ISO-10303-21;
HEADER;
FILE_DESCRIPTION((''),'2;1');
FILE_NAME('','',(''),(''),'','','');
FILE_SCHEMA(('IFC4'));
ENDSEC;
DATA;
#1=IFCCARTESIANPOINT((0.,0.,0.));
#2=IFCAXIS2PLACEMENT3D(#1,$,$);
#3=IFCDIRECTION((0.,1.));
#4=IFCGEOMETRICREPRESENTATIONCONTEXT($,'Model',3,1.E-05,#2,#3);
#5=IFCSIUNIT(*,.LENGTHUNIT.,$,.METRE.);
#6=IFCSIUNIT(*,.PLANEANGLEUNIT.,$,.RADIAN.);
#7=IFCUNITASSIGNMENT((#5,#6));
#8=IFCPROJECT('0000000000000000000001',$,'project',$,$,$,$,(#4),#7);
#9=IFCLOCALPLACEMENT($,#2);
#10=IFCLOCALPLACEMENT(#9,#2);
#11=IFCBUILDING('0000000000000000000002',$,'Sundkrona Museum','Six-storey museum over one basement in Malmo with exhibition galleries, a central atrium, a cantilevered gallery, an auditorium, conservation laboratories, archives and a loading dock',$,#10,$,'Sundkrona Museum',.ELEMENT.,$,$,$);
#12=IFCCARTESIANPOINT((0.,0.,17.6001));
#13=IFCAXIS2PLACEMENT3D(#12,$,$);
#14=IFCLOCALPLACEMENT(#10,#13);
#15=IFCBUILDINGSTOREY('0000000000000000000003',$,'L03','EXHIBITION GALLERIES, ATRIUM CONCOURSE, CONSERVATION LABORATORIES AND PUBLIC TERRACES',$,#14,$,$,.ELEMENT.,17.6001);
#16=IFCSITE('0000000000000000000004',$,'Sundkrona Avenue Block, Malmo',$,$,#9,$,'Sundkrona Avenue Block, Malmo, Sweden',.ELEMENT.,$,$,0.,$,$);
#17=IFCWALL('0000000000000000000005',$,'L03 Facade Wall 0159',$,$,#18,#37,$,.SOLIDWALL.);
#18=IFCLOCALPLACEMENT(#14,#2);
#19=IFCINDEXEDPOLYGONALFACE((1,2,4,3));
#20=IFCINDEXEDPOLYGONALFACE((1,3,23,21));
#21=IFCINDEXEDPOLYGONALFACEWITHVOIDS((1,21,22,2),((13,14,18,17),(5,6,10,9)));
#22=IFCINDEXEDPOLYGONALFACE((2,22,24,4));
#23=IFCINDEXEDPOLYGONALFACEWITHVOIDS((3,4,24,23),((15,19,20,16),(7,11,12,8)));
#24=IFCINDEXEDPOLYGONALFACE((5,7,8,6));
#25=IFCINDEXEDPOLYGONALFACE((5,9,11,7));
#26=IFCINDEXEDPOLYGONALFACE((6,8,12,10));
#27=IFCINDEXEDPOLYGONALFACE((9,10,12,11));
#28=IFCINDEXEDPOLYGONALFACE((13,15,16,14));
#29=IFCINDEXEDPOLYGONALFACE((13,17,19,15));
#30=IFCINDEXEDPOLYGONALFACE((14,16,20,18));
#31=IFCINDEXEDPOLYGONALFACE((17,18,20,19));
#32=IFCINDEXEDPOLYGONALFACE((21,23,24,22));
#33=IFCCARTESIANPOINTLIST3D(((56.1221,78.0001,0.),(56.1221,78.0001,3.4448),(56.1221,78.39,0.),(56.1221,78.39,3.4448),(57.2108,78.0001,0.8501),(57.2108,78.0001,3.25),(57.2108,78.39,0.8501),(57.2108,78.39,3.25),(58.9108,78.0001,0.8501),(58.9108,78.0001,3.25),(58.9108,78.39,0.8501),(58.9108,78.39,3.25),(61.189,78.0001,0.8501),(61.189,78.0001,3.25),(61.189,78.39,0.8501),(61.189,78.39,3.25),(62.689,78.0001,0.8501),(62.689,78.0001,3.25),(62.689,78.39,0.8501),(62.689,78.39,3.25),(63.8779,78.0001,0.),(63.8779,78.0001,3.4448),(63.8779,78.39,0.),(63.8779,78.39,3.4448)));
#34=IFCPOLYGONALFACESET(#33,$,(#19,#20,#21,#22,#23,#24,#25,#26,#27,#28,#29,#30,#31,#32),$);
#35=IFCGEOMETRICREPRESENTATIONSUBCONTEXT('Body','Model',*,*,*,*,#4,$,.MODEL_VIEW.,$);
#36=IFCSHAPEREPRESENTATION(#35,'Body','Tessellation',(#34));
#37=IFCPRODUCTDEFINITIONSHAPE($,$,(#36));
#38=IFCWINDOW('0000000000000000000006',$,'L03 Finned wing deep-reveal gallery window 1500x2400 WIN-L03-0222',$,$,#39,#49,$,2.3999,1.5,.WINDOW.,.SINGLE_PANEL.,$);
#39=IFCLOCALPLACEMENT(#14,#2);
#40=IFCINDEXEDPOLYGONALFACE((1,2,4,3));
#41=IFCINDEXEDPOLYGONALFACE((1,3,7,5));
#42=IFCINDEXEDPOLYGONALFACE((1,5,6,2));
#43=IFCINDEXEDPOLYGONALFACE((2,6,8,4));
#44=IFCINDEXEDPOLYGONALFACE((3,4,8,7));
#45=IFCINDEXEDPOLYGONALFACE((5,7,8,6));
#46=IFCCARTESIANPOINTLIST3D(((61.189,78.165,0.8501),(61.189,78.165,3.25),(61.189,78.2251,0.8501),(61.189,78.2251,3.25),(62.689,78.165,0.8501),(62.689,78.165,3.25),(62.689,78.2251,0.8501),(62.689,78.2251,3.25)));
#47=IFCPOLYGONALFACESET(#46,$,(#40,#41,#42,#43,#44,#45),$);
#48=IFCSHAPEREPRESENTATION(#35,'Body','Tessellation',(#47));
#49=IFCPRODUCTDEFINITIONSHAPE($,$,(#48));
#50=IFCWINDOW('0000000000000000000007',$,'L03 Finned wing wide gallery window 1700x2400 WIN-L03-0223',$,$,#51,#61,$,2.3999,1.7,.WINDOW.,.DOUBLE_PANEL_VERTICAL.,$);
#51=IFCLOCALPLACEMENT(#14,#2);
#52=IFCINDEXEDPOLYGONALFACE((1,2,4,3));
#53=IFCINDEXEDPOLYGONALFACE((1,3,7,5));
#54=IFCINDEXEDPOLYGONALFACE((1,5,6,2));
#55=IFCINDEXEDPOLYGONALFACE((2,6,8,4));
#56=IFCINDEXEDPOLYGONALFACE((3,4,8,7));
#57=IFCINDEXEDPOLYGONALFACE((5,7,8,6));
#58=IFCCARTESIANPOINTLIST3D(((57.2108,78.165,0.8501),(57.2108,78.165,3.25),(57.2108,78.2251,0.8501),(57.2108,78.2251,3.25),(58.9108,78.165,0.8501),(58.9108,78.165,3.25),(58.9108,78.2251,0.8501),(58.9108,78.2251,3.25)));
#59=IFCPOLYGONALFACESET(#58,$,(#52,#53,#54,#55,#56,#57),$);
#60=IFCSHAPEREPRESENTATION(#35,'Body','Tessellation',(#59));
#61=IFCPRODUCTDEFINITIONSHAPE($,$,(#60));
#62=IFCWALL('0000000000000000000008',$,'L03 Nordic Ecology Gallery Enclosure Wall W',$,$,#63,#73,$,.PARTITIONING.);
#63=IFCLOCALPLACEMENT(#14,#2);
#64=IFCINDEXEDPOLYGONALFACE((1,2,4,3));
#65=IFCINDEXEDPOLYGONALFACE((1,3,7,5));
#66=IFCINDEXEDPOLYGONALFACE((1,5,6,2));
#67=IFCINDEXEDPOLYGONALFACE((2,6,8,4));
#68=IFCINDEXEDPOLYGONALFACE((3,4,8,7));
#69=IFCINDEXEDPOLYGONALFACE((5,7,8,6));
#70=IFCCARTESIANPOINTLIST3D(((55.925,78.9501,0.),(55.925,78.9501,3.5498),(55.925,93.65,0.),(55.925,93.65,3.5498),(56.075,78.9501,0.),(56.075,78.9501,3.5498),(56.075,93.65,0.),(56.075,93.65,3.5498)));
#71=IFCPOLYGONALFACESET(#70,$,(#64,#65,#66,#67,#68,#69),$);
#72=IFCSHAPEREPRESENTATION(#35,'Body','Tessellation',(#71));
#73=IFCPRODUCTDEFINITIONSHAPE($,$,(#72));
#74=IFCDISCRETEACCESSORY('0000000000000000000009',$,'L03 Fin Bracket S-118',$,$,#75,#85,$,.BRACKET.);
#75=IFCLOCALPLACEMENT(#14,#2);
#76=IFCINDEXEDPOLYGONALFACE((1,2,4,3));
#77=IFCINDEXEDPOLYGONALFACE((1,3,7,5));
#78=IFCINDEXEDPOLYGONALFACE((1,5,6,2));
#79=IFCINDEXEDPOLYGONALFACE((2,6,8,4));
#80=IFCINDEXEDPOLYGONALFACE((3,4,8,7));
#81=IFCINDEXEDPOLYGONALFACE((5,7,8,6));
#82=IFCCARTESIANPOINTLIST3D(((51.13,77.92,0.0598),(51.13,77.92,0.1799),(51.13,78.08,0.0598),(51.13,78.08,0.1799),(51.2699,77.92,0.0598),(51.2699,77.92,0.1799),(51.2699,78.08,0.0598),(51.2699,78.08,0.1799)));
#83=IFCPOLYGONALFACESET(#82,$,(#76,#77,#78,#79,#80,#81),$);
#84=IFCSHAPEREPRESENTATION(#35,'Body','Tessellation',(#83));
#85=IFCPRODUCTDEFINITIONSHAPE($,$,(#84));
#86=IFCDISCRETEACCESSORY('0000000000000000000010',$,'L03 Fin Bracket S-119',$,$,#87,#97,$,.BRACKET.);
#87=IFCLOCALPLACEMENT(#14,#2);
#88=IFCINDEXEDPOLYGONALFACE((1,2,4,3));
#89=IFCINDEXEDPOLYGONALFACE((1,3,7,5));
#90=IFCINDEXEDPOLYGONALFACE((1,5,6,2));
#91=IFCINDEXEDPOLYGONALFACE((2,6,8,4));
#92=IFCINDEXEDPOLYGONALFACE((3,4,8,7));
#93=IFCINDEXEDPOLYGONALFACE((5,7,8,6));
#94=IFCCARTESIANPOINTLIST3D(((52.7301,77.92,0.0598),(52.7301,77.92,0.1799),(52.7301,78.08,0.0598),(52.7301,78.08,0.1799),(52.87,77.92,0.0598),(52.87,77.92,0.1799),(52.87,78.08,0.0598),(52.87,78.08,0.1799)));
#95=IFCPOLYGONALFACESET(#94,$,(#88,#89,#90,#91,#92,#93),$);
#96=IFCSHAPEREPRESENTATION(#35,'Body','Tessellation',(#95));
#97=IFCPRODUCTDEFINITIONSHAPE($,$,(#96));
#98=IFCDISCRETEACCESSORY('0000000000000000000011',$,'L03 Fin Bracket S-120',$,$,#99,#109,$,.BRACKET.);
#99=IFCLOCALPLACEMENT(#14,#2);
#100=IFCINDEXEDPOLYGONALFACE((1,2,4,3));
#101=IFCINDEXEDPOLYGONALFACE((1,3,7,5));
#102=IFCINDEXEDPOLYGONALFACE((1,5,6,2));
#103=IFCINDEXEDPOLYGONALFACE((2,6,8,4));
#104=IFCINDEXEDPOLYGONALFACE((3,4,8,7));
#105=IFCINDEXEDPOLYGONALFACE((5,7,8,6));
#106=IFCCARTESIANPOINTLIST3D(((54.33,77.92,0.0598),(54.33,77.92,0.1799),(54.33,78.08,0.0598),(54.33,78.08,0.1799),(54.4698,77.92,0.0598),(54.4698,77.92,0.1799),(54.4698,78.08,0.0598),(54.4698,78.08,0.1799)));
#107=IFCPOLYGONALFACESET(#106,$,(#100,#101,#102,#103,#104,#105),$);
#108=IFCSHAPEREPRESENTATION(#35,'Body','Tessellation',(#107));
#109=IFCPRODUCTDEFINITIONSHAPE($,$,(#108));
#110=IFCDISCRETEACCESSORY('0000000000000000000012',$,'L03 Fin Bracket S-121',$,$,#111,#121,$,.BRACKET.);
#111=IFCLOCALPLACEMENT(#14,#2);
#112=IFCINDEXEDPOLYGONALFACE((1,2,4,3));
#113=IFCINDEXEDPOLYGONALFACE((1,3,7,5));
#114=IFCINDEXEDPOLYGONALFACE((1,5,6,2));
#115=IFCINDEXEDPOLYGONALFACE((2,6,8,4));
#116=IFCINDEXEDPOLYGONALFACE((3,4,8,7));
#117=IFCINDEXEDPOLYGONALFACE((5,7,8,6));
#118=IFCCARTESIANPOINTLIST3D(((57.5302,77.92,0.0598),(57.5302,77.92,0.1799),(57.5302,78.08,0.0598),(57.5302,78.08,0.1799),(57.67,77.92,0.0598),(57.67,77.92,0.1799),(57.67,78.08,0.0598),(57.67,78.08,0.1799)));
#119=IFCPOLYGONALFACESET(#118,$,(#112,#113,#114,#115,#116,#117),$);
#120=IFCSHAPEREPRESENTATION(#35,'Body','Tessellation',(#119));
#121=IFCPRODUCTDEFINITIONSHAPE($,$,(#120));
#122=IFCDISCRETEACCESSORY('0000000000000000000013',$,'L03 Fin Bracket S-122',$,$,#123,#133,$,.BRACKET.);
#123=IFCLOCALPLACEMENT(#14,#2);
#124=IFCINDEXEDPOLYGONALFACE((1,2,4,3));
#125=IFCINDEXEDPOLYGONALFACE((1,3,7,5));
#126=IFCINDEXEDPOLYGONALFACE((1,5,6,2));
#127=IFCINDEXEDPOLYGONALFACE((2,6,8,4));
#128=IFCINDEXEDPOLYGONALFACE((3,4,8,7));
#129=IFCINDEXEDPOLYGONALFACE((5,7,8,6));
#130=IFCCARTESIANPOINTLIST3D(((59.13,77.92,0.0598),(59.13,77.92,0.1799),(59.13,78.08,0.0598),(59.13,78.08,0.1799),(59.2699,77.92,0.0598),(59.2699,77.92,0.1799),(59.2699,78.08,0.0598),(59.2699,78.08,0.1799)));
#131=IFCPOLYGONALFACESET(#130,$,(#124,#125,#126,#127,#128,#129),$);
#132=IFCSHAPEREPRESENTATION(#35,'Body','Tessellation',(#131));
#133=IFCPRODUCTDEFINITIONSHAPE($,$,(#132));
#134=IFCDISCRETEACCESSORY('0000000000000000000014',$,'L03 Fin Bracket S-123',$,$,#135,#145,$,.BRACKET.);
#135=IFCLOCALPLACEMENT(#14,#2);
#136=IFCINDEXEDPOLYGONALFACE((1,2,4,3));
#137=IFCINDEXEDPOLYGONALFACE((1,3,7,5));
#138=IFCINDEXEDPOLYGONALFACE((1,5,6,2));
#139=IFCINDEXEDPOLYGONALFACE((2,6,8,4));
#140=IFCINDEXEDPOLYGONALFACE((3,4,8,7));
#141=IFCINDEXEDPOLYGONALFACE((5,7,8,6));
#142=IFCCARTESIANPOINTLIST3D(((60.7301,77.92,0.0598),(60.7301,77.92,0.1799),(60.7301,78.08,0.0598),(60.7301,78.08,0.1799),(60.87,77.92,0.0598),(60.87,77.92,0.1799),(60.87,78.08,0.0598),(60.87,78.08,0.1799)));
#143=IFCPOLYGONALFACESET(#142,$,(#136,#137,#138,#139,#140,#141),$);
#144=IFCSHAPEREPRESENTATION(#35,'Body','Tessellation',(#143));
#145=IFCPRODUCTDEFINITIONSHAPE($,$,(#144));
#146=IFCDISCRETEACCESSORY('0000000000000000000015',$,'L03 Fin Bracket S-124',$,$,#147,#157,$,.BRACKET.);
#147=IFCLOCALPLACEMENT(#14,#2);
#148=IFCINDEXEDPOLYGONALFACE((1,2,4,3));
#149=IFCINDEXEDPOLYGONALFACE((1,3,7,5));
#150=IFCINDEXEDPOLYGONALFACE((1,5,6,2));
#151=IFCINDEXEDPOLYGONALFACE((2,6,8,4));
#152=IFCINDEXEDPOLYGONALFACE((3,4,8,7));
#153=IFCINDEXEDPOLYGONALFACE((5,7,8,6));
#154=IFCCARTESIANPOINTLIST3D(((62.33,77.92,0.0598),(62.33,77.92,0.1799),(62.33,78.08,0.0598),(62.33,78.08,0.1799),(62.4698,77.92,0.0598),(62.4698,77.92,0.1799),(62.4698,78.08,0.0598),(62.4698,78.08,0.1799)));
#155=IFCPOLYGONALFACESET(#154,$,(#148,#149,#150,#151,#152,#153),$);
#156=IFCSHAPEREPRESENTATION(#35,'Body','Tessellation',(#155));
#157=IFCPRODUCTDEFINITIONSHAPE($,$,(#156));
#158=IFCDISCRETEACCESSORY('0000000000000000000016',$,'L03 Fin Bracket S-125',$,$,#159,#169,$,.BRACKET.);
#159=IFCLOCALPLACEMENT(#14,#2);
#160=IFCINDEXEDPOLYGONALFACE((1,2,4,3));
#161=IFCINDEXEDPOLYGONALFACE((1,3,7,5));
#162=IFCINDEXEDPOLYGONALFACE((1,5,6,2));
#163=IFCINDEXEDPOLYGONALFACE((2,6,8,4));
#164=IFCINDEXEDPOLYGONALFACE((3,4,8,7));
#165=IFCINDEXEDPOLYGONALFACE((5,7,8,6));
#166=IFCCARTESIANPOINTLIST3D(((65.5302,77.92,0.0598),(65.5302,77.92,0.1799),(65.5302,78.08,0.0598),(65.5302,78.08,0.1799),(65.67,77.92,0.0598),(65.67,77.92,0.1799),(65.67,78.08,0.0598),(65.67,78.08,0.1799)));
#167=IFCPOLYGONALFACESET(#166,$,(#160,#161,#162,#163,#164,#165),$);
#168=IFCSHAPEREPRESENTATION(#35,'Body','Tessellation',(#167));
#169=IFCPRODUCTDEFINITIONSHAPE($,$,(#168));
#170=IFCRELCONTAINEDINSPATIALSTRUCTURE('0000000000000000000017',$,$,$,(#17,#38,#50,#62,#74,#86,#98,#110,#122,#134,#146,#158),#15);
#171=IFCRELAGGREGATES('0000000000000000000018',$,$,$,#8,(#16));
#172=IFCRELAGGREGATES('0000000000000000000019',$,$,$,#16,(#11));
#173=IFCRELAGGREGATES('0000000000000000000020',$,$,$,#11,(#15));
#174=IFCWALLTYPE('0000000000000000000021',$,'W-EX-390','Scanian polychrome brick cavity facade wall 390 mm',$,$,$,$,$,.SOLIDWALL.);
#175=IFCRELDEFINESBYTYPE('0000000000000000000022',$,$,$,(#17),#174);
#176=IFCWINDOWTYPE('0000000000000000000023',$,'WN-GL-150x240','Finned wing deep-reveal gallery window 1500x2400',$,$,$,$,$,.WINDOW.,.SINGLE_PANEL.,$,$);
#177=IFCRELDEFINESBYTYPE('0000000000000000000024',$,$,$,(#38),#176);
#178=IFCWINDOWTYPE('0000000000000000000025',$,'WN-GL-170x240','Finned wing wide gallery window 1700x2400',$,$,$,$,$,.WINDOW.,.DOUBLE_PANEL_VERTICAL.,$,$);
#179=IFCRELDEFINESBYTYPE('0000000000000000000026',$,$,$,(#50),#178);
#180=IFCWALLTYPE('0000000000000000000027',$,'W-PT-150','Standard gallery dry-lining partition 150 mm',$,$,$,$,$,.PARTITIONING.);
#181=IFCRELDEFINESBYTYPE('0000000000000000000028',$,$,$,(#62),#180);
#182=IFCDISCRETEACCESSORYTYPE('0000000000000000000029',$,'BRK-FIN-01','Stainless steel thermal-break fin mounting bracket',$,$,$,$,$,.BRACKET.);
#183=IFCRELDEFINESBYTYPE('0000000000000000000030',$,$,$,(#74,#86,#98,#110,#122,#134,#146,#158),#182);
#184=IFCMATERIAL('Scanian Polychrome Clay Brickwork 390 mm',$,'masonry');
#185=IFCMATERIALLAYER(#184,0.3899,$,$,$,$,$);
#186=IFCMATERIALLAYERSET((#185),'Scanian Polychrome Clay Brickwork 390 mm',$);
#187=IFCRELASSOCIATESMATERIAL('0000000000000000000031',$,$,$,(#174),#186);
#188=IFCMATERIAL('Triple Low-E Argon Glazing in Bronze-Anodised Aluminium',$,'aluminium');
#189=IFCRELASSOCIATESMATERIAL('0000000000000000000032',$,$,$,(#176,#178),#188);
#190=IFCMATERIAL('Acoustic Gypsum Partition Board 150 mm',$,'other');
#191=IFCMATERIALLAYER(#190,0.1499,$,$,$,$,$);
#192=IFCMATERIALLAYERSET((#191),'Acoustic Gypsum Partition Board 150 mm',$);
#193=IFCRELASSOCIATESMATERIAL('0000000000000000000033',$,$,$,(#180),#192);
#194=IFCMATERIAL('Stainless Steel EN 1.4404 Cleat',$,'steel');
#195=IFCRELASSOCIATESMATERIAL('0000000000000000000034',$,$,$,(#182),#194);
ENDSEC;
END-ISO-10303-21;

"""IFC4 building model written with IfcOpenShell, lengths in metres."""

from ifc_helpers import new_model, si_unit, direction, frame, frame_2d, origin, origin_2d, place, context, subcontext, project, spatial, rectangle, extrude, material, layer, layer_set, type_object, element, fill, save


model = new_model("IFC4")

# Units and contexts
model_context = context("Model", 3, precision=1e-05, world=origin(), true_north=direction((0.0, 1.0)))
body_context = subcontext(model_context, "Body", "Model", "MODEL_VIEW")
ifc_project = project(units=[si_unit("LENGTHUNIT", "METRE"), si_unit("PLANEANGLEUNIT", "RADIAN")], contexts=[model_context])

# Site, building, storey
site_placement = place(None, origin())
site = spatial("IfcSite", under=ifc_project, at=site_placement, Name="Sundkrona Avenue Block, Malmo", LongName="Sundkrona Avenue Block, Malmo, Sweden", CompositionType="ELEMENT", RefElevation=0.0)
building_placement = place(site_placement, origin())
building = spatial("IfcBuilding", under=site, at=building_placement, Name="Sundkrona Museum", Description="Six-storey museum over one basement in Malmo with exhibition galleries, a central atrium, a cantilevered gallery, an auditorium, conservation laboratories, archives and a loading dock", LongName="Sundkrona Museum", CompositionType="ELEMENT")
storey_placement = place(building_placement, frame((0.0, 0.0, 17.6001)))
storey = spatial("IfcBuildingStorey", under=building, at=storey_placement, Name="L03", Description="EXHIBITION GALLERIES, ATRIUM CONCOURSE, CONSERVATION LABORATORIES AND PUBLIC TERRACES", CompositionType="ELEMENT", Elevation=17.6001)

# Wall, openings, windows
ifc_material_1 = material(Name="Scanian Polychrome Clay Brickwork 390 mm", Category="masonry")
ifc_layer_1 = layer(ifc_material_1, 0.3899)
ifc_layer_set_1 = layer_set([ifc_layer_1], Name="Scanian Polychrome Clay Brickwork 390 mm")
wall_type_1 = type_object("IfcWallType", Name="W-EX-390", Description="Scanian polychrome brick cavity facade wall 390 mm", PredefinedType="SOLIDWALL", material=ifc_layer_set_1)
ifc_material_2 = material(Name="Triple Low-E Argon Glazing in Bronze-Anodised Aluminium", Category="aluminium")
window_type_1 = type_object("IfcWindowType", Name="WN-GL-150x240", Description="Finned wing deep-reveal gallery window 1500x2400", PartitioningType="SINGLE_PANEL", PredefinedType="WINDOW", material=ifc_material_2)
window_type_2 = type_object("IfcWindowType", Name="WN-GL-170x240", Description="Finned wing wide gallery window 1700x2400", PartitioningType="DOUBLE_PANEL_VERTICAL", PredefinedType="WINDOW", material=ifc_material_2)
wall_1_placement = place(storey_placement, frame((63.8779, 78.1951, 0.0), z_axis=(0.0, 0.0, 1.0), x_axis=(-1.0, 0.0, 0.0)))
wall_1 = element("IfcWall", 1, at=wall_1_placement, inside=storey, type_object=wall_type_1, Name="L03 Facade Wall 0159", PredefinedType="SOLIDWALL", context=body_context, shape_type="SweptSolid", body=[
    extrude(rectangle(XDim=7.7559, YDim=0.3899, at=frame_2d((3.8779, 0.0))), origin(), (0.0, 0.0, 1.0), 3.4448),
])
opening_1_placement = place(wall_1_placement, frame((1.189, 0.0, 0.8501)))
opening_1 = element("IfcOpeningElement", 2, at=opening_1_placement, cuts=wall_1, PredefinedType="OPENING", context=body_context, shape_type="SweptSolid", body=[
    extrude(rectangle(XDim=1.5, YDim=2.3999, at=frame_2d((0.75, 1.2))), frame((0.0, 0.2048, 0.0), z_axis=(0.0, -1.0, 0.0), x_axis=(1.0, 0.0, 0.0)), (0.0, 0.0, 1.0), 0.4099),
])
opening_2_placement = place(wall_1_placement, frame((4.967, 0.0, 0.8501)))
opening_2 = element("IfcOpeningElement", 3, at=opening_2_placement, cuts=wall_1, PredefinedType="OPENING", context=body_context, shape_type="SweptSolid", body=[
    extrude(rectangle(XDim=1.7, YDim=2.3999, at=frame_2d((0.8501, 1.2))), frame((0.0, 0.2048, 0.0), z_axis=(0.0, -1.0, 0.0), x_axis=(1.0, 0.0, 0.0)), (0.0, 0.0, 1.0), 0.4099),
])
window_1_placement = place(opening_1_placement, origin())
window_1 = element("IfcWindow", 4, at=window_1_placement, inside=storey, type_object=window_type_1, Name="L03 Finned wing deep-reveal gallery window 1500x2400 WIN-L03-0222", OverallHeight=2.3999, OverallWidth=1.5, PartitioningType="SINGLE_PANEL", PredefinedType="WINDOW", context=body_context, shape_type="SweptSolid", body=[
    extrude(rectangle(XDim=1.5, YDim=2.3999, at=frame_2d((0.75, 1.2))), frame((0.0, 0.03, 0.0), z_axis=(0.0, -1.0, 0.0), x_axis=(1.0, 0.0, 0.0)), (0.0, 0.0, 1.0), 0.0601),
])
fill(opening_1, window_1)
window_2_placement = place(opening_2_placement, origin())
window_2 = element("IfcWindow", 5, at=window_2_placement, inside=storey, type_object=window_type_2, Name="L03 Finned wing wide gallery window 1700x2400 WIN-L03-0223", OverallHeight=2.3999, OverallWidth=1.7, PartitioningType="DOUBLE_PANEL_VERTICAL", PredefinedType="WINDOW", context=body_context, shape_type="SweptSolid", body=[
    extrude(rectangle(XDim=1.7, YDim=2.3999, at=frame_2d((0.8501, 1.2))), frame((0.0, 0.03, 0.0), z_axis=(0.0, -1.0, 0.0), x_axis=(1.0, 0.0, 0.0)), (0.0, 0.0, 1.0), 0.0601),
])
fill(opening_2, window_2)

# Wall
ifc_material_3 = material(Name="Acoustic Gypsum Partition Board 150 mm", Category="other")
ifc_layer_2 = layer(ifc_material_3, 0.1499)
ifc_layer_set_2 = layer_set([ifc_layer_2], Name="Acoustic Gypsum Partition Board 150 mm")
wall_type_2 = type_object("IfcWallType", Name="W-PT-150", Description="Standard gallery dry-lining partition 150 mm", PredefinedType="PARTITIONING", material=ifc_layer_set_2)
wall_2_placement = place(storey_placement, frame((56.0, 78.95, 0.0), z_axis=(0.0, 0.0, 1.0), x_axis=(0.0, 1.0, 0.0)))
element("IfcWall", 6, at=wall_2_placement, inside=storey, type_object=wall_type_2, Name="L03 Nordic Ecology Gallery Enclosure Wall W", PredefinedType="PARTITIONING", context=body_context, shape_type="SweptSolid", body=[
    extrude(rectangle(XDim=14.7, YDim=0.1499, at=frame_2d((7.3501, 0.0))), origin(), (0.0, 0.0, 1.0), 3.5498),
])

# Discrete accessories
ifc_material_4 = material(Name="Stainless Steel EN 1.4404 Cleat", Category="steel")
discrete_accessory_type = type_object("IfcDiscreteAccessoryType", Name="BRK-FIN-01", Description="Stainless steel thermal-break fin mounting bracket", PredefinedType="BRACKET", material=ifc_material_4)
for number, where, z_axis, x_axis, name in (
    (7, (51.2, 78.0, 0.0598), (0.0, 0.0, 1.0), (1.0, 0.0, 0.0), "L03 Fin Bracket S-118"),
    (8, (52.8, 78.0, 0.0598), (0.0, 0.0, 1.0), (1.0, 0.0, 0.0), "L03 Fin Bracket S-119"),
    (9, (54.3999, 78.0, 0.0598), (0.0, 0.0, 1.0), (1.0, 0.0, 0.0), "L03 Fin Bracket S-120"),
    (10, (57.6001, 78.0, 0.0598), (0.0, 0.0, 1.0), (1.0, 0.0, 0.0), "L03 Fin Bracket S-121"),
    (11, (59.2, 78.0, 0.0598), (0.0, 0.0, 1.0), (1.0, 0.0, 0.0), "L03 Fin Bracket S-122"),
    (12, (60.8, 78.0, 0.0598), (0.0, 0.0, 1.0), (1.0, 0.0, 0.0), "L03 Fin Bracket S-123"),
    (13, (62.3999, 78.0, 0.0598), (0.0, 0.0, 1.0), (1.0, 0.0, 0.0), "L03 Fin Bracket S-124"),
    (14, (65.6001, 78.0, 0.0598), (0.0, 0.0, 1.0), (1.0, 0.0, 0.0), "L03 Fin Bracket S-125"),
):
    element("IfcDiscreteAccessory", number, at=place(storey_placement, frame(where, z_axis=z_axis, x_axis=x_axis)), inside=storey, type_object=discrete_accessory_type, Name=name, PredefinedType="BRACKET", context=body_context, shape_type="SweptSolid", body=[
        extrude(rectangle(XDim=0.1399, YDim=0.1599, at=origin_2d()), origin(), (0.0, 0.0, 1.0), 0.1201),
    ])

save(model, "model.ifc")
